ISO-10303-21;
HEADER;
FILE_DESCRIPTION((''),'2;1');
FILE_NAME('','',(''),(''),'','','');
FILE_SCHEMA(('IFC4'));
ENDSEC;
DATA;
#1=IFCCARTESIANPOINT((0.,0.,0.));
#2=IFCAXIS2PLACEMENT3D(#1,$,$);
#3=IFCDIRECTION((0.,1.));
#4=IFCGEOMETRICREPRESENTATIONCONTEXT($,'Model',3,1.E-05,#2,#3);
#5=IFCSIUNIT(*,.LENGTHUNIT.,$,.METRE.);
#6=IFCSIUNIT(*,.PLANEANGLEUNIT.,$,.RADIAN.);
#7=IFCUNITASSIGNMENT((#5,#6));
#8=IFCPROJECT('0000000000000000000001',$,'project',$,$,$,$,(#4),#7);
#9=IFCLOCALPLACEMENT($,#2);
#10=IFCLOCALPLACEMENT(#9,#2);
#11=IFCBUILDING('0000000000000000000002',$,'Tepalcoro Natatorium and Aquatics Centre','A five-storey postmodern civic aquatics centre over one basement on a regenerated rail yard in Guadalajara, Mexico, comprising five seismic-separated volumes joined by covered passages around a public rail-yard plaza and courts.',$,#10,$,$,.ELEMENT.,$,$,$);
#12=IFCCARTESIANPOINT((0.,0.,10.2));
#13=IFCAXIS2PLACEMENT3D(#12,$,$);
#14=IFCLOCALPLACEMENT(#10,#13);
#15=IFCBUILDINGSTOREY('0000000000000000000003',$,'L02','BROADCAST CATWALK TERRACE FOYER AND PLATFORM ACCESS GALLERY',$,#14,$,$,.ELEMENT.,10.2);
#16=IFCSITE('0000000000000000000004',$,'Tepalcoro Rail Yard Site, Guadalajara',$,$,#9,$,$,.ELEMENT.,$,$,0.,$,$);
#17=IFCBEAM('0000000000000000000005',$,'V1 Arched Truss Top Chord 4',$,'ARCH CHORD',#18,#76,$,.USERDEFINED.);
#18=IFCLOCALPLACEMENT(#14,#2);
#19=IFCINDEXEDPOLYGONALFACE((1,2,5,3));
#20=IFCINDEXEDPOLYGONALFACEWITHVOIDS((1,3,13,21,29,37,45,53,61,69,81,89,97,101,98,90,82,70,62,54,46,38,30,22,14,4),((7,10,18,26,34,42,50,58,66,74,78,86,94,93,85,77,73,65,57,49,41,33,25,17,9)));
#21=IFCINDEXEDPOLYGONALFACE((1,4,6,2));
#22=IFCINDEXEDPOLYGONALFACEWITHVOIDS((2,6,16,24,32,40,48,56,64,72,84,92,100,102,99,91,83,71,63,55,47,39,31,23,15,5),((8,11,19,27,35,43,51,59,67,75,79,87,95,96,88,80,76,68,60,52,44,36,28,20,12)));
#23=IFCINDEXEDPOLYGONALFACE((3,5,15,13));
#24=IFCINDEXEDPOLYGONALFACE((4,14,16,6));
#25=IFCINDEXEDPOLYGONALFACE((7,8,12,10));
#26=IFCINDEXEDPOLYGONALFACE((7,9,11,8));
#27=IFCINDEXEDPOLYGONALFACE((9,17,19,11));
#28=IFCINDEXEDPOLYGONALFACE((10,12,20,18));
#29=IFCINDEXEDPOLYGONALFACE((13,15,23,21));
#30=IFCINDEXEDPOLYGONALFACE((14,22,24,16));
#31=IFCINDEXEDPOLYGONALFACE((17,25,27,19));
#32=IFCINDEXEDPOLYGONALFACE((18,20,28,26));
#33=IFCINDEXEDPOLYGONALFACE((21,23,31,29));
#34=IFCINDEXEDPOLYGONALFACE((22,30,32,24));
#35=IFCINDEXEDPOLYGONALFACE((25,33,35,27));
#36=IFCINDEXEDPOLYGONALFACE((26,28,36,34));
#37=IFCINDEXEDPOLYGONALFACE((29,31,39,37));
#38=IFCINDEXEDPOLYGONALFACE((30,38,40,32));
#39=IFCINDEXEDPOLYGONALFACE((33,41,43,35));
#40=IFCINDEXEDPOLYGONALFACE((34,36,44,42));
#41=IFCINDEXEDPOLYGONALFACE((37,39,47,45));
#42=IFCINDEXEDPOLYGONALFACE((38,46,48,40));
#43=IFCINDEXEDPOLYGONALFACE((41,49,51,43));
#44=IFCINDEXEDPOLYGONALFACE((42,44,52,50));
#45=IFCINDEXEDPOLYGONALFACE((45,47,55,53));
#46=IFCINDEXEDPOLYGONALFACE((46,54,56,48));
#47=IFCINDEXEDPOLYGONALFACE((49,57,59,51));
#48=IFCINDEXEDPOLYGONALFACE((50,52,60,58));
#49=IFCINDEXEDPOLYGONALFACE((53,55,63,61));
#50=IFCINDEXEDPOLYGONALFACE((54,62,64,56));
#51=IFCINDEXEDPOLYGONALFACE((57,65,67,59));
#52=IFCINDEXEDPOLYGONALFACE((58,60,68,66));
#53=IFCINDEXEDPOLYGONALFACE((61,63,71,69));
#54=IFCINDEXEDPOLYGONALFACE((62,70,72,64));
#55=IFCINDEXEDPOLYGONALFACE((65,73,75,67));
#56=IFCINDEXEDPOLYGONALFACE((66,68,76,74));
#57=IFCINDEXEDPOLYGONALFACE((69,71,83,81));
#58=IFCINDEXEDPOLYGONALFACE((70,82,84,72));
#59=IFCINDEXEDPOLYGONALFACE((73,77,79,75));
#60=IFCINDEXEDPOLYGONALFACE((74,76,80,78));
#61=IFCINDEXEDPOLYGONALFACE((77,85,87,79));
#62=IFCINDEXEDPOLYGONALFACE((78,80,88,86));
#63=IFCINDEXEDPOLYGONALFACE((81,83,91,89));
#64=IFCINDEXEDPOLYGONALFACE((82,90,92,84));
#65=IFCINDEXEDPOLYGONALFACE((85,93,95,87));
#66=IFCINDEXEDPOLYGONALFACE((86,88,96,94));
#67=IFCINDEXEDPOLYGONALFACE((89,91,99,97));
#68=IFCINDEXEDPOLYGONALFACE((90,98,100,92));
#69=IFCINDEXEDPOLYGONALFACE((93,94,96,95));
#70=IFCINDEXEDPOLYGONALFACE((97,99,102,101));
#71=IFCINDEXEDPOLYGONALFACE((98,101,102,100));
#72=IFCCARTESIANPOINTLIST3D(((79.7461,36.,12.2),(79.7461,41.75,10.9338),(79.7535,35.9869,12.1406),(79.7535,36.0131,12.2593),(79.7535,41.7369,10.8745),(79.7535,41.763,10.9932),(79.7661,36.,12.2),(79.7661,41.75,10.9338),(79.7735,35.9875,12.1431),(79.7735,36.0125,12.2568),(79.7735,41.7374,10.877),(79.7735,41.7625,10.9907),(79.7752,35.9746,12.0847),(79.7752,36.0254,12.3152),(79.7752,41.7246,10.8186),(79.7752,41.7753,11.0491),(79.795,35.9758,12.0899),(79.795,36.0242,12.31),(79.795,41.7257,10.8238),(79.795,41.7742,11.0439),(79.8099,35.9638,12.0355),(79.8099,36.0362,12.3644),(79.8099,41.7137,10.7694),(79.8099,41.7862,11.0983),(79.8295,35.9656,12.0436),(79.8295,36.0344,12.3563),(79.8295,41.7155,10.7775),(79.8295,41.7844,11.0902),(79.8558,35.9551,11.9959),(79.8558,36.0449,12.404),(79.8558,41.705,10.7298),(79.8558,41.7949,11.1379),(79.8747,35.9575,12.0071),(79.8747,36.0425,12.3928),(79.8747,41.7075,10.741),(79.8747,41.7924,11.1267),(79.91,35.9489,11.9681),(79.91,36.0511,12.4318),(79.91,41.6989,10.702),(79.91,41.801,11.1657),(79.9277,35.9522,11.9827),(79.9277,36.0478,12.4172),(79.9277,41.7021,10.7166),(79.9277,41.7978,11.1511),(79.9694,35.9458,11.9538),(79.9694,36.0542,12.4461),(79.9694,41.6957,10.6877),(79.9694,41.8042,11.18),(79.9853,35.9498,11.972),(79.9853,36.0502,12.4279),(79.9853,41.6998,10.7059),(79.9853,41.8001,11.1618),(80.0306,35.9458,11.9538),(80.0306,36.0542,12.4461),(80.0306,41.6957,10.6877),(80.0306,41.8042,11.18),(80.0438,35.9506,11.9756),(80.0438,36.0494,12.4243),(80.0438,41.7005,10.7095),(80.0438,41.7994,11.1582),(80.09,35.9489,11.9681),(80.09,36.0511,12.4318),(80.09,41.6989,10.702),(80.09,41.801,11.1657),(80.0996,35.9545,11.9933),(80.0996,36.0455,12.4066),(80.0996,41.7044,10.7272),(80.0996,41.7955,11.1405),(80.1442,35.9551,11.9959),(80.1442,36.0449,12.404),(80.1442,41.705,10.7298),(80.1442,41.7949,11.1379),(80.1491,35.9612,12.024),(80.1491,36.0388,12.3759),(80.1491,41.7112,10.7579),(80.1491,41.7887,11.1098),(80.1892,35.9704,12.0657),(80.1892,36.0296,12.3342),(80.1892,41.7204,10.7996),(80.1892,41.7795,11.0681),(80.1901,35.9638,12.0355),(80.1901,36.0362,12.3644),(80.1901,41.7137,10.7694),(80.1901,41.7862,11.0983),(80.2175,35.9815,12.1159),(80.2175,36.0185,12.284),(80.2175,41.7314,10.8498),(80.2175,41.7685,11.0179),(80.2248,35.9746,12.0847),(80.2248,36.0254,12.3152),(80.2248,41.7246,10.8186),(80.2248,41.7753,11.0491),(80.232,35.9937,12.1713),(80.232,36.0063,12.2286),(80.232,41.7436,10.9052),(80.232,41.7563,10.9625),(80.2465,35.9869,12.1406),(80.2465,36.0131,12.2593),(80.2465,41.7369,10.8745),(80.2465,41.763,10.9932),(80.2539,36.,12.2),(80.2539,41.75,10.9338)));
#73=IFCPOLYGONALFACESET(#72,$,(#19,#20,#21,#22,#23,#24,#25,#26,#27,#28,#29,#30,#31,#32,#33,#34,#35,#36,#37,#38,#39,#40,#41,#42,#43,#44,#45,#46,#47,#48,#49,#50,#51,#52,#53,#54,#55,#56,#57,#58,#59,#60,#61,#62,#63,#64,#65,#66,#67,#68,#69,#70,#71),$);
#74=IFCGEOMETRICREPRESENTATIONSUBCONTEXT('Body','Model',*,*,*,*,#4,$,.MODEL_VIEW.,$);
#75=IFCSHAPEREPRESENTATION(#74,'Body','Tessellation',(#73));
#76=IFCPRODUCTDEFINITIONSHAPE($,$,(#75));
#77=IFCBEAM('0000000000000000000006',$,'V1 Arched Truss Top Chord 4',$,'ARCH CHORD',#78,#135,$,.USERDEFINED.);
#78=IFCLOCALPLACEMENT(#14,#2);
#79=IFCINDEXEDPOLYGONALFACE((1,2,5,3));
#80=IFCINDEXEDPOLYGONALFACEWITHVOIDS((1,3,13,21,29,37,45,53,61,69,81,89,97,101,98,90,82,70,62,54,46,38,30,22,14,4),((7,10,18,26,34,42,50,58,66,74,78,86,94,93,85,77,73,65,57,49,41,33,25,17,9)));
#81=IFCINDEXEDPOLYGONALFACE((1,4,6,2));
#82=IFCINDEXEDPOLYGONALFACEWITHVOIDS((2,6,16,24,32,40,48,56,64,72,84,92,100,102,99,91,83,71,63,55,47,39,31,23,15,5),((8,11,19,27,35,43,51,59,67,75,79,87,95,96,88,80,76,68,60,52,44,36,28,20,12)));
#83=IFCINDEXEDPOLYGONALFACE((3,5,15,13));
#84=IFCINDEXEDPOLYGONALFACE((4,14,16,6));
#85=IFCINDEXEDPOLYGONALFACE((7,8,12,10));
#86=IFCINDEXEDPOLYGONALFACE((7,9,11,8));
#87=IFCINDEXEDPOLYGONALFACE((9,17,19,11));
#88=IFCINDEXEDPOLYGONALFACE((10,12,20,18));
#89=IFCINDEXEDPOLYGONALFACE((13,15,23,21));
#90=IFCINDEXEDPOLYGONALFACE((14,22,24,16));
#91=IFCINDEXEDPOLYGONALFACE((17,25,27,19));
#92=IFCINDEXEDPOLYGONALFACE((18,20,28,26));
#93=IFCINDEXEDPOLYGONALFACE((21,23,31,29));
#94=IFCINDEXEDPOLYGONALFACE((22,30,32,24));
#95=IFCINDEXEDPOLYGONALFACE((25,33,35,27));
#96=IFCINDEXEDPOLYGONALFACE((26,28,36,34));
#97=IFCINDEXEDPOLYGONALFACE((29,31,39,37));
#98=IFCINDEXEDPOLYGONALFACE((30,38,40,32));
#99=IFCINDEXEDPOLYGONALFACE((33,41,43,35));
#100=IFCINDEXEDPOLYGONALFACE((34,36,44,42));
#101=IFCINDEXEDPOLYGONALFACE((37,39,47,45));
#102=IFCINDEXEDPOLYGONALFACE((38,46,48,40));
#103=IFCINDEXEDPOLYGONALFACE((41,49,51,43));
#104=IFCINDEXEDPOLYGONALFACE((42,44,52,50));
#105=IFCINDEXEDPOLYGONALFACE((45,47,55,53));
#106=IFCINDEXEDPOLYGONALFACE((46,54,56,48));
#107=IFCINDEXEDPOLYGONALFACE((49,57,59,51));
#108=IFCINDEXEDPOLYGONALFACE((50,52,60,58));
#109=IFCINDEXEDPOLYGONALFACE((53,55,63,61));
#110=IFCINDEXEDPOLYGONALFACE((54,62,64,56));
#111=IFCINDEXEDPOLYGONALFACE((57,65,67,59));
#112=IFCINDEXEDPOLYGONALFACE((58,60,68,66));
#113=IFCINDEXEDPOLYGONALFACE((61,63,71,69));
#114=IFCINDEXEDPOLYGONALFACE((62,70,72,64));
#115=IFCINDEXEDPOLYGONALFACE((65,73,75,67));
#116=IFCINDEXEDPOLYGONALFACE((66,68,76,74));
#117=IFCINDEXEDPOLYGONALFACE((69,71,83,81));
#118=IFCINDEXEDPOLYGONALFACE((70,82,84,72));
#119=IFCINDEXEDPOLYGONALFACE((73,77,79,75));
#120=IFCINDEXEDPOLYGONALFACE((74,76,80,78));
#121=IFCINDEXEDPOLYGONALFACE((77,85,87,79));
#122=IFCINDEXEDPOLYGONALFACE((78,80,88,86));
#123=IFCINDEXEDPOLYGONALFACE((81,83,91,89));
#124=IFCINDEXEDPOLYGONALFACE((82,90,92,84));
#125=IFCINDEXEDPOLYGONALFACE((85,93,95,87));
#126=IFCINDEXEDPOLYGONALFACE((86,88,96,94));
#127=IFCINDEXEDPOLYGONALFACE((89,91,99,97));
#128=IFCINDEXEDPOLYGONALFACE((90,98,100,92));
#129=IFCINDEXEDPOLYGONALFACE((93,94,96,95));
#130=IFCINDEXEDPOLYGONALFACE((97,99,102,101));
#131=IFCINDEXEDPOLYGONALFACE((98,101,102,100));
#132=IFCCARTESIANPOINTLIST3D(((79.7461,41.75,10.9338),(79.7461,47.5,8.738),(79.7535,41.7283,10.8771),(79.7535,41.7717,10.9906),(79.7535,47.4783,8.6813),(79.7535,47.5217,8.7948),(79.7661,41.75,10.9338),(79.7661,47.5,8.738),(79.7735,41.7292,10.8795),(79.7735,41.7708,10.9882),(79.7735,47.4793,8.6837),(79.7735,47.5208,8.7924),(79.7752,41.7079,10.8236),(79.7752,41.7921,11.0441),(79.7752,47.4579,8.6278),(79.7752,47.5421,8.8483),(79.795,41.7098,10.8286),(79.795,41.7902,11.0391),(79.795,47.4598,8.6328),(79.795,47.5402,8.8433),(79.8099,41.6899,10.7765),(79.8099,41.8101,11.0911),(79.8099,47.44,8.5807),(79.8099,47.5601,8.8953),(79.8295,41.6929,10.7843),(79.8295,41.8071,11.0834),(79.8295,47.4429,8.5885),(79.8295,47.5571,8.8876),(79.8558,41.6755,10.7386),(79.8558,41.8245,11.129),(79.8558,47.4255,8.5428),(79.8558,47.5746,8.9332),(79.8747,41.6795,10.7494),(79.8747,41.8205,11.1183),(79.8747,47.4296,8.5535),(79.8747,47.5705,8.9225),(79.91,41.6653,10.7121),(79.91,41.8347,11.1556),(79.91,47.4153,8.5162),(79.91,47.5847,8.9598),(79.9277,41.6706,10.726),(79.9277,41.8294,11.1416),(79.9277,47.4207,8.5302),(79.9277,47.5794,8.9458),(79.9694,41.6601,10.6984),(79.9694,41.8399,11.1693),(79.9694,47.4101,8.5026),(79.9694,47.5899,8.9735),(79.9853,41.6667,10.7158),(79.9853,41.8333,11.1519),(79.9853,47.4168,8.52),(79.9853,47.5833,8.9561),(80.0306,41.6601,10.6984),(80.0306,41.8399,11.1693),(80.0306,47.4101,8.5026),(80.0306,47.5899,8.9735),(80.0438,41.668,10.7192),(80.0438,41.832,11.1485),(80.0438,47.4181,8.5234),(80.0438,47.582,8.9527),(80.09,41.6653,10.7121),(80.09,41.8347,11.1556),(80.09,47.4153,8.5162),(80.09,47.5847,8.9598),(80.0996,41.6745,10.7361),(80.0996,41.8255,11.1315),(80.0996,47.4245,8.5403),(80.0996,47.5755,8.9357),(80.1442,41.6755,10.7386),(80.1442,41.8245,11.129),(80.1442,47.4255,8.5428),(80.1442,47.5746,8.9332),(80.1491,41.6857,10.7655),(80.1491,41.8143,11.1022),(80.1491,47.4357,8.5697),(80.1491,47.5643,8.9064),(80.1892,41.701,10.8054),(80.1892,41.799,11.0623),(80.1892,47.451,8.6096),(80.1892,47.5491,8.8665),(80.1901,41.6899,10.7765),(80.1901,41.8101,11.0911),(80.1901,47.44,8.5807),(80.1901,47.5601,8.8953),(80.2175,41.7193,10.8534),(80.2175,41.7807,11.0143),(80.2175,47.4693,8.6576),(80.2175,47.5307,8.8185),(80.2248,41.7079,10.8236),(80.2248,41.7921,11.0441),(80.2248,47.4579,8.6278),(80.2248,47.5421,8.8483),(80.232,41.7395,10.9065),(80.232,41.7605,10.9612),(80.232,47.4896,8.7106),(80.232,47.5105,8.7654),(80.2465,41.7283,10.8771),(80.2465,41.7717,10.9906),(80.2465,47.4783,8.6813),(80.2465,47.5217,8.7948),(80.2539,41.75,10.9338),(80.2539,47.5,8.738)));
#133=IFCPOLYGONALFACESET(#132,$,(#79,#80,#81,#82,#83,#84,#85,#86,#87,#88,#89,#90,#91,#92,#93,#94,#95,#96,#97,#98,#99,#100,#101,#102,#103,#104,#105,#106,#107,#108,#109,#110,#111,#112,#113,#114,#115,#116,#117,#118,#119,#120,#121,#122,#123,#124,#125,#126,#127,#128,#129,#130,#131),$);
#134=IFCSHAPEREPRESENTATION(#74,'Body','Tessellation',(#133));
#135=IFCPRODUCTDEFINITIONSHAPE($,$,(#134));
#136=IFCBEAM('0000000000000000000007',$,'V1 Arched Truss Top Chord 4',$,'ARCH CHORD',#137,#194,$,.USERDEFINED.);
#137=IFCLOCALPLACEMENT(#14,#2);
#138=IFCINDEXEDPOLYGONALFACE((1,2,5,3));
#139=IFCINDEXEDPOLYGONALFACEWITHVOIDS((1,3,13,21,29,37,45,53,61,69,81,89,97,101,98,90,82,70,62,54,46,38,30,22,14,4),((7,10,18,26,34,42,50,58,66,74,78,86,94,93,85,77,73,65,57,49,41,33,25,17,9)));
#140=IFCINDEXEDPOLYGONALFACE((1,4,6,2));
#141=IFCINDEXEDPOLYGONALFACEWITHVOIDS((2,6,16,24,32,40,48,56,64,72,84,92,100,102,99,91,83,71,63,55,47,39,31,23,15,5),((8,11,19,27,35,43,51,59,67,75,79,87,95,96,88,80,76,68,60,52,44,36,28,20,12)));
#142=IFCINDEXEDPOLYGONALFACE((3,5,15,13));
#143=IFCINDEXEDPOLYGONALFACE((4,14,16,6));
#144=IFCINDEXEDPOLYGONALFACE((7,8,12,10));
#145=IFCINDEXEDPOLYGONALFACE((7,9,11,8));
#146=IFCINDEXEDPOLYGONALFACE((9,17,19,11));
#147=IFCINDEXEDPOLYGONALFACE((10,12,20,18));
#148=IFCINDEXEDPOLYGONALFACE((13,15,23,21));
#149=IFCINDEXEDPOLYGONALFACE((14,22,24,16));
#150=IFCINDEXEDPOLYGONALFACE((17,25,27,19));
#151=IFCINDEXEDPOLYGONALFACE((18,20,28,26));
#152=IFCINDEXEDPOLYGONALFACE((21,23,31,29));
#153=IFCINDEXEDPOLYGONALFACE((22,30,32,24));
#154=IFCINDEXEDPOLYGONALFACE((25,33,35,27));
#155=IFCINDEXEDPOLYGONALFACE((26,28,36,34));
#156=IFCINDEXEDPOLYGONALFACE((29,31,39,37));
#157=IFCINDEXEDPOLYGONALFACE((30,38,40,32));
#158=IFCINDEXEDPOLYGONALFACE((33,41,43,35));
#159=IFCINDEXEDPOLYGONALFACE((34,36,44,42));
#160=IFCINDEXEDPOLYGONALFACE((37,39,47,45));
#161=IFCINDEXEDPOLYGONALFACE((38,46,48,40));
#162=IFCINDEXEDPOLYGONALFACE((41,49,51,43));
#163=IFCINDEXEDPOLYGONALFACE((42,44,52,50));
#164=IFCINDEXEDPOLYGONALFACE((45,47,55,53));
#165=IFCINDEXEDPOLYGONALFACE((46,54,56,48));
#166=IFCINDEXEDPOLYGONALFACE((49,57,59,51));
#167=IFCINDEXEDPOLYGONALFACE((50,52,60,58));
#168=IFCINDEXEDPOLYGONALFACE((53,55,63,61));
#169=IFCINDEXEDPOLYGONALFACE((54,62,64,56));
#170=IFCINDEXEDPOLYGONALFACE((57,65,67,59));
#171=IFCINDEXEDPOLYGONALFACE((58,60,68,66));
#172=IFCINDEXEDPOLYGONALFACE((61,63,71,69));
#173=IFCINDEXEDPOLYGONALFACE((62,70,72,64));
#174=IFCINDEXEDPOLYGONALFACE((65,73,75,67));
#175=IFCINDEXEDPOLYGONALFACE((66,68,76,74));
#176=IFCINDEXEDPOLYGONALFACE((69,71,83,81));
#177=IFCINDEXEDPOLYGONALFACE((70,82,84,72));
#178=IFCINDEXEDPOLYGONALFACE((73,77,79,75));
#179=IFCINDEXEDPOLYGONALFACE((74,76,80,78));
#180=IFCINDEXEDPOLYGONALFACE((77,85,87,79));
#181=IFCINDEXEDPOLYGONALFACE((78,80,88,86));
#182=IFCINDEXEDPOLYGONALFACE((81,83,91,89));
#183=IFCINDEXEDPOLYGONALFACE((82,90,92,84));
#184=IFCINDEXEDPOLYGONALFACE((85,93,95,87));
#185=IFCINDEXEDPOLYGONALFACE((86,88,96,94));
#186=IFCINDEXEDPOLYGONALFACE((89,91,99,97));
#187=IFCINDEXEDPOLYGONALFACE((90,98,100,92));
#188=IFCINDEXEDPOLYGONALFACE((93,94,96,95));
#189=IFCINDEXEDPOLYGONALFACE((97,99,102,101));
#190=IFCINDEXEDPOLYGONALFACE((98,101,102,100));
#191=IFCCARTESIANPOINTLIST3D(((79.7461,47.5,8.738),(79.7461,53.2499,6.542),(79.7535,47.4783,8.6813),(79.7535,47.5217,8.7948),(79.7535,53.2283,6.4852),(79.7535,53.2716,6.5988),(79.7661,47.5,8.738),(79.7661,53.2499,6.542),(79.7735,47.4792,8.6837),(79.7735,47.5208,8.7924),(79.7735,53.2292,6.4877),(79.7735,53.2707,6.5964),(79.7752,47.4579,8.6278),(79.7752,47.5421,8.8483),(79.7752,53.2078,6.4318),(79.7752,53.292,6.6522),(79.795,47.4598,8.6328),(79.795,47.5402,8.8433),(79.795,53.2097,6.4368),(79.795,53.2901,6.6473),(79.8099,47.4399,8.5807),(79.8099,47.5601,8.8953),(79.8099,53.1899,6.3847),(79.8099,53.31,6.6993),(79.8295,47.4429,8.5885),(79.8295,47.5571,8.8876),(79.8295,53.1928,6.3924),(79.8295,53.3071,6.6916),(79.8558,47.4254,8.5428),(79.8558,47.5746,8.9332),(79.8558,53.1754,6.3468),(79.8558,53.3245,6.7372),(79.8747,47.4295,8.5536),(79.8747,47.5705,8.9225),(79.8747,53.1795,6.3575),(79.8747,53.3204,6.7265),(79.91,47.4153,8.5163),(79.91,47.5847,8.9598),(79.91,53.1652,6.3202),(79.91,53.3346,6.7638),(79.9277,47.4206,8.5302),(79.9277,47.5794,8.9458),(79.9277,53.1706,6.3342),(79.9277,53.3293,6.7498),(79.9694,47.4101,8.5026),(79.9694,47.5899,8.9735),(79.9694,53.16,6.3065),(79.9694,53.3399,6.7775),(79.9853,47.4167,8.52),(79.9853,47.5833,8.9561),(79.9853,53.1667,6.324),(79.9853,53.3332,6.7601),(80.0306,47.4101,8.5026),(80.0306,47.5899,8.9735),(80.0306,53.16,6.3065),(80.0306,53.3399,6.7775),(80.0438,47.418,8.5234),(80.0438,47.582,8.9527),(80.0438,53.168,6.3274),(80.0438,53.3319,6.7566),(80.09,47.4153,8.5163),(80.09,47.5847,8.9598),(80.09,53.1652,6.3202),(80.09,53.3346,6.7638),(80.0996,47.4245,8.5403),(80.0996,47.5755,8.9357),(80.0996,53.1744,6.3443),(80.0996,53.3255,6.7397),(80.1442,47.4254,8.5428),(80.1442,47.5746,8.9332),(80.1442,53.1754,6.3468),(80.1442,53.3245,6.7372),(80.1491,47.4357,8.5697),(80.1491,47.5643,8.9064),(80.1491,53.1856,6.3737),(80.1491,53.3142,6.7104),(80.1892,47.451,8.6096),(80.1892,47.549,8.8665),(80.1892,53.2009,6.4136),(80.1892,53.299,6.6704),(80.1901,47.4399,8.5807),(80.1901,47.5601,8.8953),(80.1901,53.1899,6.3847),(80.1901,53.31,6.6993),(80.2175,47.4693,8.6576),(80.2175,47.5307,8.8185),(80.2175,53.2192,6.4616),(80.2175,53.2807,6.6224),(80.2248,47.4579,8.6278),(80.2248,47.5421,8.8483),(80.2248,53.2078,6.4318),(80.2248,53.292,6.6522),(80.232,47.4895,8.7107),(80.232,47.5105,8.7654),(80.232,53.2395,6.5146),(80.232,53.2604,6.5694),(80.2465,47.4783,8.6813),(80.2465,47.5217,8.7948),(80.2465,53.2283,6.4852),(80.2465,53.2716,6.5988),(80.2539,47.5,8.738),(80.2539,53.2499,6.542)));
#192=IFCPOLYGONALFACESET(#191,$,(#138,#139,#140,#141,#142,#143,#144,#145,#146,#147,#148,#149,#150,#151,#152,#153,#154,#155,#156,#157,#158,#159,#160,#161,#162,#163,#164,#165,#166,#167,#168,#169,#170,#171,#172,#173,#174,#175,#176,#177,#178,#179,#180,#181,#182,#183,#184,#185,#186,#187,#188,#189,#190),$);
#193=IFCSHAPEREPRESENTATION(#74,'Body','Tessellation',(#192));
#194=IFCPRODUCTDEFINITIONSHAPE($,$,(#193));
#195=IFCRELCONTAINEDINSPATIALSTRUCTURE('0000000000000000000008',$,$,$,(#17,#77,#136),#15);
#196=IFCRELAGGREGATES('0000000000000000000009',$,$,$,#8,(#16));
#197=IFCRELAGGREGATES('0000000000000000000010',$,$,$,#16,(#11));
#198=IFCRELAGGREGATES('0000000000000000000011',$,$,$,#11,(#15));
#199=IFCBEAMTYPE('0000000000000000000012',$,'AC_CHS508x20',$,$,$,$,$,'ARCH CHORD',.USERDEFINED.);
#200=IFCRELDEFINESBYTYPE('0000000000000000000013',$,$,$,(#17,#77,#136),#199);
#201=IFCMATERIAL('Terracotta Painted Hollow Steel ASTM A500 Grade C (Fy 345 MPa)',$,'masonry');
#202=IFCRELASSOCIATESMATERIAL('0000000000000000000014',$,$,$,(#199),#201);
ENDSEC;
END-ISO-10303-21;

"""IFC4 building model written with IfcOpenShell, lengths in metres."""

from ifc_helpers import new_model, si_unit, direction, frame, origin, origin_2d, place, context, subcontext, project, spatial, hollow_circle, extrude, material, material_profile, profile_set, type_object, element, save


model = new_model("IFC4")

# Units and contexts
model_context = context("Model", 3, precision=1e-05, world=origin(), true_north=direction((0.0, 1.0)))
body_context = subcontext(model_context, "Body", "Model", "MODEL_VIEW")
ifc_project = project(units=[si_unit("LENGTHUNIT", "METRE"), si_unit("PLANEANGLEUNIT", "RADIAN")], contexts=[model_context])

# Site, building, storey
site_placement = place(None, origin())
site = spatial("IfcSite", under=ifc_project, at=site_placement, Name="Tepalcoro Rail Yard Site, Guadalajara", CompositionType="ELEMENT", RefElevation=0.0)
building_placement = place(site_placement, origin())
building = spatial("IfcBuilding", under=site, at=building_placement, Name="Tepalcoro Natatorium and Aquatics Centre", Description="A five-storey postmodern civic aquatics centre over one basement on a regenerated rail yard in Guadalajara, Mexico, comprising five seismic-separated volumes joined by covered passages around a public rail-yard plaza and courts.", CompositionType="ELEMENT")
storey_placement = place(building_placement, frame((0.0, 0.0, 10.2)))
storey = spatial("IfcBuildingStorey", under=building, at=storey_placement, Name="L02", Description="BROADCAST CATWALK TERRACE FOYER AND PLATFORM ACCESS GALLERY", CompositionType="ELEMENT", Elevation=10.2)

# Beams
ifc_material_1 = material(Name="Terracotta Painted Hollow Steel ASTM A500 Grade C (Fy 345 MPa)", Category="masonry")
ifc_material_profile_1 = material_profile(ifc_material_1, hollow_circle(Radius=0.2539, WallThickness=0.02, at=origin_2d()), Name="CHS508X20")
ifc_profile_set_1 = profile_set([ifc_material_profile_1], Name="Terracotta Painted Hollow Steel ASTM A500 Grade C (Fy 345 MPa)")
beam_type_1 = type_object("IfcBeamType", Name="AC_CHS508x20", ElementType="ARCH CHORD", PredefinedType="USERDEFINED", material=ifc_profile_set_1)
beam_1_placement = place(storey_placement, frame((80.0, 36.0, 12.2), z_axis=(0.0, 0.976605, -0.215042), x_axis=(-1.0, 0.0, 0.0)))
element("IfcBeam", 1, at=beam_1_placement, inside=storey, type_object=beam_type_1, Name="V1 Arched Truss Top Chord 4", ObjectType="ARCH CHORD", PredefinedType="USERDEFINED", context=body_context, shape_type="SweptSolid", body=[
    extrude(hollow_circle(Radius=0.2539, WallThickness=0.02, at=origin_2d()), origin(), (0.0, 0.0, 1.0), 5.8877),
])
for number, where, z_axis, x_axis, name in (
    (2, (80.0, 41.75, 10.9338), (0.0, 0.9342, -0.356751), (-1.0, 0.0, 0.0), "V1 Arched Truss Top Chord 4"),
    (3, (80.0, 47.5, 8.738), (0.0, 0.934186, -0.356785), (-1.0, 0.0, 0.0), "V1 Arched Truss Top Chord 4"),
):
    element("IfcBeam", number, at=place(storey_placement, frame(where, z_axis=z_axis, x_axis=x_axis)), inside=storey, type_object=beam_type_1, Name=name, ObjectType="ARCH CHORD", PredefinedType="USERDEFINED", context=body_context, shape_type="SweptSolid", body=[
        extrude(hollow_circle(Radius=0.2539, WallThickness=0.02, at=origin_2d()), origin(), (0.0, 0.0, 1.0), 6.155),
    ])

save(model, "model.ifc")
